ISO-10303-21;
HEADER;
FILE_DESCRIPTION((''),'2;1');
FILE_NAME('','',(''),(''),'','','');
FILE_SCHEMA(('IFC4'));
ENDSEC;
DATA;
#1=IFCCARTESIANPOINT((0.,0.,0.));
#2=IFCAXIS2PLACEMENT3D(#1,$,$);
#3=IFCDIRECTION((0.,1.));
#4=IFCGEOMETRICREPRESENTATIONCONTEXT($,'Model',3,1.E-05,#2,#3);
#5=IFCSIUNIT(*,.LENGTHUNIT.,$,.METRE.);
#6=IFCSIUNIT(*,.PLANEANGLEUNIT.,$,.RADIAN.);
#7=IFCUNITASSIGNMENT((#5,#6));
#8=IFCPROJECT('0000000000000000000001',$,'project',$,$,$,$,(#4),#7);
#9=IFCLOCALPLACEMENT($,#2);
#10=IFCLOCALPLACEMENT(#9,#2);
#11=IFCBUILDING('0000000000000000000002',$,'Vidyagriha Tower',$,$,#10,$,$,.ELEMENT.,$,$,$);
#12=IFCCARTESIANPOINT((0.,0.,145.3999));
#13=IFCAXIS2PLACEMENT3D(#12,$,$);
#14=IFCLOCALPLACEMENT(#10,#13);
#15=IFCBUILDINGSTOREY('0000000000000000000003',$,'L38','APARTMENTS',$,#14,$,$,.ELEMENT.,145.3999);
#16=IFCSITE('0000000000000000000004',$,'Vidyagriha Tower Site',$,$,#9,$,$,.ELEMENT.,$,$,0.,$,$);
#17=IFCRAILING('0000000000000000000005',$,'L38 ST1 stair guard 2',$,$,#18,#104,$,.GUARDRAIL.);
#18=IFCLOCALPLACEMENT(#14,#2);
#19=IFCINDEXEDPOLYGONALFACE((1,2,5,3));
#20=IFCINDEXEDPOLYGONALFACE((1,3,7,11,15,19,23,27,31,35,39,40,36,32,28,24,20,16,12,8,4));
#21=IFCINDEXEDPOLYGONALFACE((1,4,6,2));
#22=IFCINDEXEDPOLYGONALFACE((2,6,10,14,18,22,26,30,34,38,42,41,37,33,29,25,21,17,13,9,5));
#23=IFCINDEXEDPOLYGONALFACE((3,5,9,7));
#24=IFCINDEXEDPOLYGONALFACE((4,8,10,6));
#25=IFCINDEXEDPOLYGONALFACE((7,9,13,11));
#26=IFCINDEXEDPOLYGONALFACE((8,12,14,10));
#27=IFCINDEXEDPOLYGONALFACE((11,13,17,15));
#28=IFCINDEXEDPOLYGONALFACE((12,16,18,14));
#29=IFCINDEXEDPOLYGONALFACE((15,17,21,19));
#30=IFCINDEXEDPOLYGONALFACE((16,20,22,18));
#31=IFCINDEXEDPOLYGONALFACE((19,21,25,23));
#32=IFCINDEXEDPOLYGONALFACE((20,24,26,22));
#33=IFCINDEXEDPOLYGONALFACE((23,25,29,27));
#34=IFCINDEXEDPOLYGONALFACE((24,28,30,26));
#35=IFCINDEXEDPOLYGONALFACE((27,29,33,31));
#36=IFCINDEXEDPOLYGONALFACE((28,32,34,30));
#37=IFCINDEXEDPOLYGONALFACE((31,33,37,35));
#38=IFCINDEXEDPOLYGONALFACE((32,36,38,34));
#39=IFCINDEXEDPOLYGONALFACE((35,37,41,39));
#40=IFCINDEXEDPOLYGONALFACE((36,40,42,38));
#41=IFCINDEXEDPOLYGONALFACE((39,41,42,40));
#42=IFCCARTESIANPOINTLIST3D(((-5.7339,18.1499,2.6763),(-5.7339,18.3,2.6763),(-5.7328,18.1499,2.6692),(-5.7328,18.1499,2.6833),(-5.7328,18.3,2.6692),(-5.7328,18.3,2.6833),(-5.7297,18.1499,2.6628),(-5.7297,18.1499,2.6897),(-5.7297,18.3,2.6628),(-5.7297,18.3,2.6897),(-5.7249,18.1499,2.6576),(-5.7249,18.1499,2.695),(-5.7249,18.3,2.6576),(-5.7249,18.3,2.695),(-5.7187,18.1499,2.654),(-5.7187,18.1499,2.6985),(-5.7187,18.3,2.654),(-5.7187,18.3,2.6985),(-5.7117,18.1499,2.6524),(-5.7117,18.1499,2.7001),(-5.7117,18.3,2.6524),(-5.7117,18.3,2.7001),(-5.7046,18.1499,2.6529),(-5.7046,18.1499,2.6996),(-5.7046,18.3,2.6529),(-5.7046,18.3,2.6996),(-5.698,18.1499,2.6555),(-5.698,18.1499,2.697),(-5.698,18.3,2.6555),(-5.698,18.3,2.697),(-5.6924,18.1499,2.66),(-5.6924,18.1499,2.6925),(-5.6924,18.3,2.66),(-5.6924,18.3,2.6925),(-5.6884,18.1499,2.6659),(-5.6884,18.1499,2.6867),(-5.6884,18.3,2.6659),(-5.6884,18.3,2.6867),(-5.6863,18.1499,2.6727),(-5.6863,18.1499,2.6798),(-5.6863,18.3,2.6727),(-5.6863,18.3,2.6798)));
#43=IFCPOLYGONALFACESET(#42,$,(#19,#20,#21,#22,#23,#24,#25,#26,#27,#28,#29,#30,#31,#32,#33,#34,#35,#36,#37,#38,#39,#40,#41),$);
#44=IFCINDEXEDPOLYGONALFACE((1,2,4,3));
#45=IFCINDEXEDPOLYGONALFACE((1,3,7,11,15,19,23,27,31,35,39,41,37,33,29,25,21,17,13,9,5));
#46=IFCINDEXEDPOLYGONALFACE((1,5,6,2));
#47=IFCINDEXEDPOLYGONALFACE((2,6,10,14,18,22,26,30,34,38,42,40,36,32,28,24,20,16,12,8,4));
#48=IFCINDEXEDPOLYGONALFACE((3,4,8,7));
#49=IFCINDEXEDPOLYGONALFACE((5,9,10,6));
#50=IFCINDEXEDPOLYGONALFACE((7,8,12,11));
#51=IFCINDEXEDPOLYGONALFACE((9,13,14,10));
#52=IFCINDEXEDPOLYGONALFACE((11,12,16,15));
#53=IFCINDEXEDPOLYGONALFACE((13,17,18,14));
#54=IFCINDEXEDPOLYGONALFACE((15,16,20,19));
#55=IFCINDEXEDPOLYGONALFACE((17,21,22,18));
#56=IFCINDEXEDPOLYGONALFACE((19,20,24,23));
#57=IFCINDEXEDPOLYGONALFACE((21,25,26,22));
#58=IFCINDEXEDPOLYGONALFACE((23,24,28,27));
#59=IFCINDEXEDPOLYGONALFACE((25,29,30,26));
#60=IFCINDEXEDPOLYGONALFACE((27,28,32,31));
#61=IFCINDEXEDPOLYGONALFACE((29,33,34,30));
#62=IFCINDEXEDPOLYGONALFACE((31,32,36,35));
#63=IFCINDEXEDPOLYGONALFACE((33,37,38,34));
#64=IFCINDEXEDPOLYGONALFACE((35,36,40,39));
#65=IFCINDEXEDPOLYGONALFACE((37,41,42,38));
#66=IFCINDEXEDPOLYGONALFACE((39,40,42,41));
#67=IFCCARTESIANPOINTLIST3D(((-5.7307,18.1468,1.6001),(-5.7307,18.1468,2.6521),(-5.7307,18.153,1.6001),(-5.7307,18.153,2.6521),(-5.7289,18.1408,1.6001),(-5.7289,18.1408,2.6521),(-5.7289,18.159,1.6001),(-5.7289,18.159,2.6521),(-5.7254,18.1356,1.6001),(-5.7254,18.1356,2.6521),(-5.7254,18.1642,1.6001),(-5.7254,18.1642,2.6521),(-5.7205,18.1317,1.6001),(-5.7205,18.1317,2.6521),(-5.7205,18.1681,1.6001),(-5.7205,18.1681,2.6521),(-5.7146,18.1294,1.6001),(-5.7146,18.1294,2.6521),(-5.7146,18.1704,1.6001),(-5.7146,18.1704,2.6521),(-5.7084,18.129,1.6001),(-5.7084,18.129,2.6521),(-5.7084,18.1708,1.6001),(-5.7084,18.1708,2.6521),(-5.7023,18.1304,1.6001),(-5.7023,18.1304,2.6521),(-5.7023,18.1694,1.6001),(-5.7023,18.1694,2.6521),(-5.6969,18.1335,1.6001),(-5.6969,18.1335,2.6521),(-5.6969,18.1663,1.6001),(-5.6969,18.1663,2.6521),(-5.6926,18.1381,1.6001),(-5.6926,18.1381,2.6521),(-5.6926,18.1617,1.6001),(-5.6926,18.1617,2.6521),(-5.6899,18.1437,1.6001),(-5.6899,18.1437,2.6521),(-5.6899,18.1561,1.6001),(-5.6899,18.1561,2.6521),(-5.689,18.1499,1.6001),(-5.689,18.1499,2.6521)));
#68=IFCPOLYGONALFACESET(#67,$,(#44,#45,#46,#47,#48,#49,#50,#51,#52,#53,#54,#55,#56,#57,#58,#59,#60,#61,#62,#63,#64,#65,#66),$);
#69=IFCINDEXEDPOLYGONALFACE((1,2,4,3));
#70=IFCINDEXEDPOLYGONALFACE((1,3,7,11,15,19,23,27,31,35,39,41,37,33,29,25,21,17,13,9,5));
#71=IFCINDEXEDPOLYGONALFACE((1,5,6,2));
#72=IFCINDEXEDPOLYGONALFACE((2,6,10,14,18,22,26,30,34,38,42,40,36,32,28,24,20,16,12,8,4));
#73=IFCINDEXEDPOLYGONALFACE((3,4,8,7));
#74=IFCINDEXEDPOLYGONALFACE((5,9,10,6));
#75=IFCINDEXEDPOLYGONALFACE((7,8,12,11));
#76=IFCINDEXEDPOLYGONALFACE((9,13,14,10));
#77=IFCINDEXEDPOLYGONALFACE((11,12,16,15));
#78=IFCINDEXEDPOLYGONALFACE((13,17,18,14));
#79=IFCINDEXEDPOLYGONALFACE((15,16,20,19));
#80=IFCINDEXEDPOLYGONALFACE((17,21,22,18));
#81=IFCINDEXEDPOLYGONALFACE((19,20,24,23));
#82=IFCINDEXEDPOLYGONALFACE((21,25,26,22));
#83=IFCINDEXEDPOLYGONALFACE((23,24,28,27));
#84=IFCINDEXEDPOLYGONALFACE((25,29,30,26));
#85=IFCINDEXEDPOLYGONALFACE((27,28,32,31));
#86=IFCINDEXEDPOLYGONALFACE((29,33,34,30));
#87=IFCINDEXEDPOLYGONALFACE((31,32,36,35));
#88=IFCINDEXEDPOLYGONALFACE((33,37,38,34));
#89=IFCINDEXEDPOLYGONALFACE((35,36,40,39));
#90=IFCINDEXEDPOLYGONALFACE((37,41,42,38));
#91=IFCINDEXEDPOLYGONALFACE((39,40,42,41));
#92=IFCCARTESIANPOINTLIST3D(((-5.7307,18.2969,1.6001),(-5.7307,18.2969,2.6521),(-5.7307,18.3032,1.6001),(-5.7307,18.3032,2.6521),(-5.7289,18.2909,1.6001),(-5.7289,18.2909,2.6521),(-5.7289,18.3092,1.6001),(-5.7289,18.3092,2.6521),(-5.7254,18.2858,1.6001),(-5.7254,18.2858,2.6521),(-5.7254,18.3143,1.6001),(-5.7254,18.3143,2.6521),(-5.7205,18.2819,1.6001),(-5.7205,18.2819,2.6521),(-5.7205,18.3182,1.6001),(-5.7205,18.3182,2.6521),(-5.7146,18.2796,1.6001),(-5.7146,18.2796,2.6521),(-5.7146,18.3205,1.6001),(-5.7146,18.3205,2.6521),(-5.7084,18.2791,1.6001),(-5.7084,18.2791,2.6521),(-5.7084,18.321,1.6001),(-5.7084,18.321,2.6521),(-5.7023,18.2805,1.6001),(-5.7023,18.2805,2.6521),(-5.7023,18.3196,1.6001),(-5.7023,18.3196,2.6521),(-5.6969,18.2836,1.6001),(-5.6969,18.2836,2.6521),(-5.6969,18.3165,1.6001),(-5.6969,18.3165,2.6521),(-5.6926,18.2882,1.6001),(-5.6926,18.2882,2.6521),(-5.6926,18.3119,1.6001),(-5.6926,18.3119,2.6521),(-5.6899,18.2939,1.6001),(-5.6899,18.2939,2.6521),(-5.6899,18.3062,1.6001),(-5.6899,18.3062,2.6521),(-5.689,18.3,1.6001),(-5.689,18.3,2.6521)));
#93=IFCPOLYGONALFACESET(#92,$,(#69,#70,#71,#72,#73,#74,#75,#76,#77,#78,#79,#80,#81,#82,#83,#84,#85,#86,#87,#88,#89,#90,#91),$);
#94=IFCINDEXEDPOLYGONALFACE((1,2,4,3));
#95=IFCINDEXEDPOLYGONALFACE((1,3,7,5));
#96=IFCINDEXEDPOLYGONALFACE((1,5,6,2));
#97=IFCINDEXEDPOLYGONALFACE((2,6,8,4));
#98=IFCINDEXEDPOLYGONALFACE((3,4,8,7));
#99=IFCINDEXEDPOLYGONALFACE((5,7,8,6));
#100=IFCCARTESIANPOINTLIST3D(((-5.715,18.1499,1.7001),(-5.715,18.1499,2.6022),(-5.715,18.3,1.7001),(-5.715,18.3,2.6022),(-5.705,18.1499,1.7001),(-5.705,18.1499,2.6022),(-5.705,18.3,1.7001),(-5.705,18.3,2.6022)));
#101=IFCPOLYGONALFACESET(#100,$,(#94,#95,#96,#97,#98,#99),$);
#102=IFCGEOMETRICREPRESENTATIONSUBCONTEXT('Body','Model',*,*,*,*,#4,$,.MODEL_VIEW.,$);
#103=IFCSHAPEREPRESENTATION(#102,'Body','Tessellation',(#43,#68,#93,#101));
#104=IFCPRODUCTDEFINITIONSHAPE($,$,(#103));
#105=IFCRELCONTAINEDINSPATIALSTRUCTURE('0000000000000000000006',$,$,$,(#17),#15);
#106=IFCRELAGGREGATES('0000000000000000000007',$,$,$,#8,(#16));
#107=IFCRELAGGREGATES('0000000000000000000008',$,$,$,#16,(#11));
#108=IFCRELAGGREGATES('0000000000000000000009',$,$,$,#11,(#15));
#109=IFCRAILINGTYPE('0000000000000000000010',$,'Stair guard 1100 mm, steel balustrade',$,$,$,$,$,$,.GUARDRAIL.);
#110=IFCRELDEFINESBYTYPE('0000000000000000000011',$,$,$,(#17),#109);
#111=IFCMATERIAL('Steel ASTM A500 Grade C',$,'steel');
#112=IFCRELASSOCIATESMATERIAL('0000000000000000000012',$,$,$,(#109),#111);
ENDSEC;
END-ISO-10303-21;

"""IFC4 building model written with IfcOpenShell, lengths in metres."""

from ifc_helpers import new_model, si_unit, direction, frame, origin, origin_2d, place, context, subcontext, project, spatial, rectangle, circle, extrude, material, type_object, element, save


model = new_model("IFC4")

# Units and contexts
model_context = context("Model", 3, precision=1e-05, world=origin(), true_north=direction((0.0, 1.0)))
body_context = subcontext(model_context, "Body", "Model", "MODEL_VIEW")
ifc_project = project(units=[si_unit("LENGTHUNIT", "METRE"), si_unit("PLANEANGLEUNIT", "RADIAN")], contexts=[model_context])

# Site, building, storey
site_placement = place(None, origin())
site = spatial("IfcSite", under=ifc_project, at=site_placement, Name="Vidyagriha Tower Site", CompositionType="ELEMENT", RefElevation=0.0)
building_placement = place(site_placement, origin())
building = spatial("IfcBuilding", under=site, at=building_placement, Name="Vidyagriha Tower", CompositionType="ELEMENT")
storey_placement = place(building_placement, frame((0.0, 0.0, 145.3999)))
storey = spatial("IfcBuildingStorey", under=building, at=storey_placement, Name="L38", Description="APARTMENTS", CompositionType="ELEMENT", Elevation=145.3999)

# Railing
ifc_material_1 = material(Name="Steel ASTM A500 Grade C", Category="steel")
railing_type_1 = type_object("IfcRailingType", Name="Stair guard 1100 mm, steel balustrade", PredefinedType="GUARDRAIL", material=ifc_material_1)
railing_1_placement = place(storey_placement, frame((-5.71, 18.1499, 1.6001)))
element("IfcRailing", 1, at=railing_1_placement, inside=storey, type_object=railing_type_1, Name="L38 ST1 stair guard 2", PredefinedType="GUARDRAIL", context=body_context, shape_type="SweptSolid", body=[
    extrude(circle(Radius=0.0239, at=origin_2d()), frame((0.0, 0.0, 1.0762), z_axis=(0.0, 1.0, 0.0), x_axis=(-1.0, 0.0, 0.0)), (0.0, 0.0, 1.0), 0.1501),
    extrude(circle(Radius=0.021, at=origin_2d()), origin(), (0.0, 0.0, 1.0), 1.052),
    extrude(circle(Radius=0.021, at=origin_2d()), frame((0.0, 0.1501, 0.0)), (0.0, 0.0, 1.0), 1.052),
    extrude(rectangle(XDim=0.01, YDim=0.9021, at=origin_2d()), frame((0.0, 0.0, 0.551), z_axis=(0.0, 1.0, 0.0), x_axis=(-1.0, 0.0, 0.0)), (0.0, 0.0, 1.0), 0.1501),
])

save(model, "model.ifc")
